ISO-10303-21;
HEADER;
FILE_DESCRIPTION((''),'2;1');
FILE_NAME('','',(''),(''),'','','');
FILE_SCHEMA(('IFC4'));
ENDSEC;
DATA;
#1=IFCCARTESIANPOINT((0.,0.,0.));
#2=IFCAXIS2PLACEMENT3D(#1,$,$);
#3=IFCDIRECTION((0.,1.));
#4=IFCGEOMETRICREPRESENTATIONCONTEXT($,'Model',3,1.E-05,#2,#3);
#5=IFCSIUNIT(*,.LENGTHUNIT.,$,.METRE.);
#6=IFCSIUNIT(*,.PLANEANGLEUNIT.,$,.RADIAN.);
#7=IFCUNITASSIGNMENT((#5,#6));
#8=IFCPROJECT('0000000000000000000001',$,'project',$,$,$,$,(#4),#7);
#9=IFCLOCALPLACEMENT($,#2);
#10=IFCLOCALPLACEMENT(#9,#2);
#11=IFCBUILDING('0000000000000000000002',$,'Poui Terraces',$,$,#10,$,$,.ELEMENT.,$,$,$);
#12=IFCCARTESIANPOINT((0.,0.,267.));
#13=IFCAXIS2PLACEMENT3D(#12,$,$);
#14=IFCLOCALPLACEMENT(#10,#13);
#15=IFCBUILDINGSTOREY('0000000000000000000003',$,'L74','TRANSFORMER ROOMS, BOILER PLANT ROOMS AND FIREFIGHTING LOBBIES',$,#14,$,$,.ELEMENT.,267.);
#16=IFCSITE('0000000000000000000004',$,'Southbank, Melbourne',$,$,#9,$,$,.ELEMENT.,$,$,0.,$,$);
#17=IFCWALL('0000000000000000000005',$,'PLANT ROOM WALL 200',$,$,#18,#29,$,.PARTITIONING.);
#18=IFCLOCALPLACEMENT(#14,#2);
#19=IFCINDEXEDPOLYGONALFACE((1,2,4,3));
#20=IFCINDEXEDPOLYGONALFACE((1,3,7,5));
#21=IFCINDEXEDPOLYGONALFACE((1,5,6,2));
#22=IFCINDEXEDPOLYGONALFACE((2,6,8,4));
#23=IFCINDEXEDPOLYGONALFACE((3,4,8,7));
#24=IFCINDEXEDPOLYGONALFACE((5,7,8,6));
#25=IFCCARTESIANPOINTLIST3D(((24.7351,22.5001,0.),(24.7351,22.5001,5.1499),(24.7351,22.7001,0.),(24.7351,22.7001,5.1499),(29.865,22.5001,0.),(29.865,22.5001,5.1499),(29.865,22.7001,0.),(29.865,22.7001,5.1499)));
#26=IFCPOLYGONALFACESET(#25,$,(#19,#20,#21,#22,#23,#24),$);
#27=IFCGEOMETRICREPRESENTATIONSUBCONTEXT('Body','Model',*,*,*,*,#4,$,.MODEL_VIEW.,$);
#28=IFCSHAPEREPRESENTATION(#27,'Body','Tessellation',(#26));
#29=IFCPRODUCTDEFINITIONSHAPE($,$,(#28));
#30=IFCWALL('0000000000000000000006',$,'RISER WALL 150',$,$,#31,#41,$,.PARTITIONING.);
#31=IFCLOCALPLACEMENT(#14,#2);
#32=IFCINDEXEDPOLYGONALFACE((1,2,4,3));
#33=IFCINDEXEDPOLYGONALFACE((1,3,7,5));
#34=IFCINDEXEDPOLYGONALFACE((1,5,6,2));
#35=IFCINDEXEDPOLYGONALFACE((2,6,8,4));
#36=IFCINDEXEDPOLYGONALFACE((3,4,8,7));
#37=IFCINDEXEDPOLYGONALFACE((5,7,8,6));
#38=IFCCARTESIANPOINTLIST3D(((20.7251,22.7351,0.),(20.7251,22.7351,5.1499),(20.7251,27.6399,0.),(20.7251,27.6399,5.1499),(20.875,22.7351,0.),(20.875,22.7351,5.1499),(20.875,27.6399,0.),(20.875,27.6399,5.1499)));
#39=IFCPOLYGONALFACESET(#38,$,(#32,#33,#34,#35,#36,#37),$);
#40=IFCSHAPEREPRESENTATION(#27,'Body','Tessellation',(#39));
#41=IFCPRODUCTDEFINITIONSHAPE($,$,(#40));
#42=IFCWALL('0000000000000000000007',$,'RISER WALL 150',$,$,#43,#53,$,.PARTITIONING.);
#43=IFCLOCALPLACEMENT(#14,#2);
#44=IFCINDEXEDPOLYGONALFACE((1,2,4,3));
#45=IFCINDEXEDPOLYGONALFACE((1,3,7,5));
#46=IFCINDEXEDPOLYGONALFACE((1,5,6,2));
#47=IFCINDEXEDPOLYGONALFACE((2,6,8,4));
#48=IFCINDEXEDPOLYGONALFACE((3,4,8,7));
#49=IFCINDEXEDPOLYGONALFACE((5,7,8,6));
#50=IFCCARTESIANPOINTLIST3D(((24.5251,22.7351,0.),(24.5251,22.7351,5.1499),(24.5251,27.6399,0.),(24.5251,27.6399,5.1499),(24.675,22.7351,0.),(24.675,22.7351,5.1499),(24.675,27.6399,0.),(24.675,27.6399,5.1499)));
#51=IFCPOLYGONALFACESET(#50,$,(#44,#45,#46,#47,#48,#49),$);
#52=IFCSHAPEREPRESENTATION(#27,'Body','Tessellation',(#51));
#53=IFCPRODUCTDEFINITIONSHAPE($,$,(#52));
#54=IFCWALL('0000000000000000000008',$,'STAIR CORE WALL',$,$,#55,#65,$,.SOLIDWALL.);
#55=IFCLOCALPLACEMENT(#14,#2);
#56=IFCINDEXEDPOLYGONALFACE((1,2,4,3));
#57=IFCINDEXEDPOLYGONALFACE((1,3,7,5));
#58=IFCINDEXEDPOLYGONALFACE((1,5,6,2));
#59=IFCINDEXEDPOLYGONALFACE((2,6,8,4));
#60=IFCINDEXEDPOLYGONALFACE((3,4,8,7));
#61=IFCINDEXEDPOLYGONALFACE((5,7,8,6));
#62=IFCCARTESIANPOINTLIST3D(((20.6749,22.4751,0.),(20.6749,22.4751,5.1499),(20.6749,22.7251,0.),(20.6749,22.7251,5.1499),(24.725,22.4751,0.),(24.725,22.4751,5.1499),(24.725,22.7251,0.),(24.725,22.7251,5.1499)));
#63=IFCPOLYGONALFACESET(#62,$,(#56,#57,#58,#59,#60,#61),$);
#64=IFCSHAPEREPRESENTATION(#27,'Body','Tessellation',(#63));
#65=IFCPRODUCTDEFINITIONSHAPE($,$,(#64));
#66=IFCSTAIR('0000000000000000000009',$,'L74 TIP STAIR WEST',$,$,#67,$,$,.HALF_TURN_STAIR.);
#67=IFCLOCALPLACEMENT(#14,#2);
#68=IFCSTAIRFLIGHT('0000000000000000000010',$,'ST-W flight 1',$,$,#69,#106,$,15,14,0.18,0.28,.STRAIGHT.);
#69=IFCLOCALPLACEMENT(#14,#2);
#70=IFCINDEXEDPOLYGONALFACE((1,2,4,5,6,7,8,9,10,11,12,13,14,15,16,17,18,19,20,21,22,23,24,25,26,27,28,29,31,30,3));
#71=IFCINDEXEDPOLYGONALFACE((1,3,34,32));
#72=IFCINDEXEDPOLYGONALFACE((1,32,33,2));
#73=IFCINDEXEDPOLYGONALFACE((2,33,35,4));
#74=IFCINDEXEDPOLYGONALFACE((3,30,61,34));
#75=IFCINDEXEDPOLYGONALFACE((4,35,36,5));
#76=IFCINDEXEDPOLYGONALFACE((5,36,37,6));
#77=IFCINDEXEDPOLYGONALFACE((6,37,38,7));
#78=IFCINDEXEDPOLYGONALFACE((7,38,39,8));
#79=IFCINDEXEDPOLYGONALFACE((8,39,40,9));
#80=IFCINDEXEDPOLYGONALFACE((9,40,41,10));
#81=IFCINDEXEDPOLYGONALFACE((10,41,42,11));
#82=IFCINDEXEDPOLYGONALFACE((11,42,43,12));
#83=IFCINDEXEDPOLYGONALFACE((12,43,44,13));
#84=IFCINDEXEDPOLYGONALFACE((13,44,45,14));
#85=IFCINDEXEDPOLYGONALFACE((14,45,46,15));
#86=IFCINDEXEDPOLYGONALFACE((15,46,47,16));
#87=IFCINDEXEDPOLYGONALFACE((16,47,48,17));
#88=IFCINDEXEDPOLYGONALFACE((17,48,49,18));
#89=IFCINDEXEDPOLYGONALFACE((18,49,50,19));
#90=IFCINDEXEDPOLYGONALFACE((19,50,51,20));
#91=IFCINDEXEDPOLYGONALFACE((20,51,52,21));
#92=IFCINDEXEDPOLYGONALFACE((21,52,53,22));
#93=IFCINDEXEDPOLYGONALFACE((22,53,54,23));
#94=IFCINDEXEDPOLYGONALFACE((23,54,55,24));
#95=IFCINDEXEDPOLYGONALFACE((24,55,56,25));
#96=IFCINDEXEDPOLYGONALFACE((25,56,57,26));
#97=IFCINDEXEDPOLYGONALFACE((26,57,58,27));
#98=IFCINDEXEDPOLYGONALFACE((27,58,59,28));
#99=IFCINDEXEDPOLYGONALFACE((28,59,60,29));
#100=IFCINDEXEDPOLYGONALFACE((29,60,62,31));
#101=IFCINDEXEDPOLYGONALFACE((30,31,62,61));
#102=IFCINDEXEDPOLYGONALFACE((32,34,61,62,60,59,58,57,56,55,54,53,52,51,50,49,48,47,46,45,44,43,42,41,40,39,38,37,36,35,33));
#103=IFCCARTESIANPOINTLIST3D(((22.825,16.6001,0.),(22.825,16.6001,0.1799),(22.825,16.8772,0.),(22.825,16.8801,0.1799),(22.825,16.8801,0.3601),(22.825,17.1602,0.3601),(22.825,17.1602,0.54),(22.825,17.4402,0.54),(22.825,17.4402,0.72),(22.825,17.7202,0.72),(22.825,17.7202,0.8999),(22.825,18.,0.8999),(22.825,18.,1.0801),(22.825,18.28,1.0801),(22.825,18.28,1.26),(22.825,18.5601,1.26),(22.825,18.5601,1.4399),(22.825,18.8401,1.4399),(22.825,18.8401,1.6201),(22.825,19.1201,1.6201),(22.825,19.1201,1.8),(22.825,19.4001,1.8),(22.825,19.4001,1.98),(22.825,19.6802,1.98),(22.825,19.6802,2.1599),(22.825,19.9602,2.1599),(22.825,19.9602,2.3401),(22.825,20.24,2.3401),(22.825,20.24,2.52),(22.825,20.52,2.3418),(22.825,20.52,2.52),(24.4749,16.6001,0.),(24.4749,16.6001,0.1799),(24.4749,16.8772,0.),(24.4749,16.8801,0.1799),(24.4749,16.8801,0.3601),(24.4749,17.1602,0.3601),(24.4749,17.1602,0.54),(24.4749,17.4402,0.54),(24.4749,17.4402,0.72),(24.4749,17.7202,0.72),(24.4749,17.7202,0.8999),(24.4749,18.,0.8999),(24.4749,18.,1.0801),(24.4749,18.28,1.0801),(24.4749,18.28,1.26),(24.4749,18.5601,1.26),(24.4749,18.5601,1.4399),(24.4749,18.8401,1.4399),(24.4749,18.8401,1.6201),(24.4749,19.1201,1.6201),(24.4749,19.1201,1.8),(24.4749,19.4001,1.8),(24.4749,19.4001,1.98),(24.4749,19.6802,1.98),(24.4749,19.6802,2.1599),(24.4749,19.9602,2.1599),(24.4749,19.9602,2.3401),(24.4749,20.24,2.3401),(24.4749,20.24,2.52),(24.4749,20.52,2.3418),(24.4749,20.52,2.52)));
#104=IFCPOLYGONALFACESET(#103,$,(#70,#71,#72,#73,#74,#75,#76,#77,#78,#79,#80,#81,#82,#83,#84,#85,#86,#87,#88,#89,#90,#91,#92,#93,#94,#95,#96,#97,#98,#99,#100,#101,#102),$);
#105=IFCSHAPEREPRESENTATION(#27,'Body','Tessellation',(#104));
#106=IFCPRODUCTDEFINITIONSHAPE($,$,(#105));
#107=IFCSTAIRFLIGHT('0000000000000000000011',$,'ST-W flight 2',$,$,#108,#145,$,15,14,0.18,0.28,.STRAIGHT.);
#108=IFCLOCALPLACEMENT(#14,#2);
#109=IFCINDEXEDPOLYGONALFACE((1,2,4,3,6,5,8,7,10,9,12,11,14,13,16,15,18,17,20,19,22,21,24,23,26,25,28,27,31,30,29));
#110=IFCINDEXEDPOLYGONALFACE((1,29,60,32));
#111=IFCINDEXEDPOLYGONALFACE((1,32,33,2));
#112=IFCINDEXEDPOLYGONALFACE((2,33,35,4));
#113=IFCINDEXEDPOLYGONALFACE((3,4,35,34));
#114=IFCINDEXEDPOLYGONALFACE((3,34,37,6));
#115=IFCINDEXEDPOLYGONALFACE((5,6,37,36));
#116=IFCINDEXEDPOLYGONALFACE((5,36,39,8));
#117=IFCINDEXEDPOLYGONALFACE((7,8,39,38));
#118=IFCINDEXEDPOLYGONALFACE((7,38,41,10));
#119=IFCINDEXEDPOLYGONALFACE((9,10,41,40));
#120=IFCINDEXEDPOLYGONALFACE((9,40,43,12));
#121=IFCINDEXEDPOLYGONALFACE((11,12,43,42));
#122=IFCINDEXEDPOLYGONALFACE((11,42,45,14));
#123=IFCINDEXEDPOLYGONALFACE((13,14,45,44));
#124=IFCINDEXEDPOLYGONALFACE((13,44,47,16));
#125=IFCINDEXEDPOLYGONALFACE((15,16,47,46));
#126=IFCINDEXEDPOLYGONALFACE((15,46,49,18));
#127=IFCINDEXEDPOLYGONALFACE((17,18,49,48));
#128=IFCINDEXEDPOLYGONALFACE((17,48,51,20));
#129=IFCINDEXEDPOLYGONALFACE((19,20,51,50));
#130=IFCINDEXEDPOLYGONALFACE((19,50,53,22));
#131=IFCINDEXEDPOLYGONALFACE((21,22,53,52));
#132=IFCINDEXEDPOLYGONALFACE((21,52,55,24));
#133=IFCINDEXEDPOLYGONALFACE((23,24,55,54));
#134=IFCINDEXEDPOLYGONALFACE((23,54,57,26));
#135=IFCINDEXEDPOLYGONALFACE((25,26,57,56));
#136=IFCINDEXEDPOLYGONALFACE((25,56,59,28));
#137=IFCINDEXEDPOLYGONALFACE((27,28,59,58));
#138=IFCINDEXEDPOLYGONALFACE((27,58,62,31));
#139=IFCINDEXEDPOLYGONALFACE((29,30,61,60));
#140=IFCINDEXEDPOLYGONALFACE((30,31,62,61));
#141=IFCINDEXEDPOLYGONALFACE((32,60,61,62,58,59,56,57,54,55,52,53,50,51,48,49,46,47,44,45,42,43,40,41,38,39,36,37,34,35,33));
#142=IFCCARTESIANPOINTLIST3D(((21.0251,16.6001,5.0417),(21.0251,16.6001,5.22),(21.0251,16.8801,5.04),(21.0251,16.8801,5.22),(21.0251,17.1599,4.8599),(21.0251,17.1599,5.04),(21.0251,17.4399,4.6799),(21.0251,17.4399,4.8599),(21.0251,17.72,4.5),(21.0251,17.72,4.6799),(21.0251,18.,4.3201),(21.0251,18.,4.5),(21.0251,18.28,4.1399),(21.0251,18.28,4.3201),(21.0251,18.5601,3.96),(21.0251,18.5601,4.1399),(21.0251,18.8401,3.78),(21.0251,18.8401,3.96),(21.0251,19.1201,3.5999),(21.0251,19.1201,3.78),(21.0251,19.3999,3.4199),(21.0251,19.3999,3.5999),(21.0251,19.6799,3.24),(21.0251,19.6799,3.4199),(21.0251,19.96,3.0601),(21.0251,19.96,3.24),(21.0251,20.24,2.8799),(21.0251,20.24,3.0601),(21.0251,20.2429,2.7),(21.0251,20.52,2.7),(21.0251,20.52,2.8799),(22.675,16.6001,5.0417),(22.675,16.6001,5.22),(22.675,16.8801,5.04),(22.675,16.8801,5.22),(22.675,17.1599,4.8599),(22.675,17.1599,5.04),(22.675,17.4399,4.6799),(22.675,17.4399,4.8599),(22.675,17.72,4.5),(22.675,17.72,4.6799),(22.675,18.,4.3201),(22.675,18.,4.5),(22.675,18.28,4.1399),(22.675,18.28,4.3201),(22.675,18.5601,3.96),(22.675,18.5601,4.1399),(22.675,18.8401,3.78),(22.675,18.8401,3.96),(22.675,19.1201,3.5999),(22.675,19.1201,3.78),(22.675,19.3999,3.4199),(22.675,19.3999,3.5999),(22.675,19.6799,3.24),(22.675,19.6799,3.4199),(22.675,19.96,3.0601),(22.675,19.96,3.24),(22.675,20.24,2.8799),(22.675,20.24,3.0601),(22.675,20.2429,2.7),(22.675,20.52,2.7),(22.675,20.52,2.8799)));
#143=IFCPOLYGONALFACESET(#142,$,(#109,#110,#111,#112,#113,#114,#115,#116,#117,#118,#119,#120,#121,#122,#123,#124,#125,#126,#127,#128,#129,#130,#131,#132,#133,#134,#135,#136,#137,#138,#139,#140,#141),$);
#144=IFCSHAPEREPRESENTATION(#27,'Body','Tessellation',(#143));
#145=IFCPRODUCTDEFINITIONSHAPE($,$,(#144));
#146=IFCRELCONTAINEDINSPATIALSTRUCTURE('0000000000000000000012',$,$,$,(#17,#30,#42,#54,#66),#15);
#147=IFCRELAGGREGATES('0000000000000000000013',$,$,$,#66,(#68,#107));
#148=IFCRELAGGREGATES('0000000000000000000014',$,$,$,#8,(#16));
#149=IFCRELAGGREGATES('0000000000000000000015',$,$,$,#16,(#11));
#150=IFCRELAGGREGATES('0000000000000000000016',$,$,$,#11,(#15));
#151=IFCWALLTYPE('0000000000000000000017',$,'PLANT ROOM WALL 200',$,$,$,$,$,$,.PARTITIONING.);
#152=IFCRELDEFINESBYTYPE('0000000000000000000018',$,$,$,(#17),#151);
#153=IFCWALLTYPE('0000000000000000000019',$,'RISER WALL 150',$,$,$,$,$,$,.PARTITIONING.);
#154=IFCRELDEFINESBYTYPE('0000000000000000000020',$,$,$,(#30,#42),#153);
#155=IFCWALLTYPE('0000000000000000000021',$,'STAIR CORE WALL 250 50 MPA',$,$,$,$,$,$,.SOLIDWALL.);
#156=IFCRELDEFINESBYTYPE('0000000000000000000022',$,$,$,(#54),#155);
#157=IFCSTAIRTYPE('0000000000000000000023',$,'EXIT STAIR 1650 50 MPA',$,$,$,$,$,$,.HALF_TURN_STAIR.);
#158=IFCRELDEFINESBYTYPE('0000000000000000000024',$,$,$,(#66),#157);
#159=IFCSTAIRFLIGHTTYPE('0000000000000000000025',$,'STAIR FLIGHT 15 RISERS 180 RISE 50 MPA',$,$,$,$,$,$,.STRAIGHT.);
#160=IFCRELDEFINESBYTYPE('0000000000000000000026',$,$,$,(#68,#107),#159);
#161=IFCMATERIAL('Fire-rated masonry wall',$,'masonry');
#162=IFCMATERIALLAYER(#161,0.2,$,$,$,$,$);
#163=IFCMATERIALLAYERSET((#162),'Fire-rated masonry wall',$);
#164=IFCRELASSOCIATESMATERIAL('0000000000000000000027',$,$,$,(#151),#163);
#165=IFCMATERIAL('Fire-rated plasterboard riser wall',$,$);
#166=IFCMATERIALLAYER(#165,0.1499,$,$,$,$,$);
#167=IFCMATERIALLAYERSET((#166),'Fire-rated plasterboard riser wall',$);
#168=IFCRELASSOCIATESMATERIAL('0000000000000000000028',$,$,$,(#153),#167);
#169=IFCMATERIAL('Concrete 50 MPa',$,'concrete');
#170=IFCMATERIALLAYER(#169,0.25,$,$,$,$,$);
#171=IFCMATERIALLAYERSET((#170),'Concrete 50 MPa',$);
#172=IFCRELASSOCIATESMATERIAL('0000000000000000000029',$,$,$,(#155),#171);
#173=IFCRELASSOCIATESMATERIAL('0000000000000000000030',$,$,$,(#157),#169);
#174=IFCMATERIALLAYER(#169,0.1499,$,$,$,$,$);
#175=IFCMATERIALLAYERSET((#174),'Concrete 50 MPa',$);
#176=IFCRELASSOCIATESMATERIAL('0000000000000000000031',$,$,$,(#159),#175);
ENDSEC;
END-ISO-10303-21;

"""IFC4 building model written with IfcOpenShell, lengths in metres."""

from ifc_helpers import new_model, si_unit, direction, frame, frame_2d, origin, place, context, subcontext, project, spatial, polyline, rectangle, outline, extrude, material, layer, layer_set, type_object, element, aggregate, save


model = new_model("IFC4")

# Units and contexts
model_context = context("Model", 3, precision=1e-05, world=origin(), true_north=direction((0.0, 1.0)))
body_context = subcontext(model_context, "Body", "Model", "MODEL_VIEW")
ifc_project = project(units=[si_unit("LENGTHUNIT", "METRE"), si_unit("PLANEANGLEUNIT", "RADIAN")], contexts=[model_context])

# Site, building, storey
site_placement = place(None, origin())
site = spatial("IfcSite", under=ifc_project, at=site_placement, Name="Southbank, Melbourne", CompositionType="ELEMENT", RefElevation=0.0)
building_placement = place(site_placement, origin())
building = spatial("IfcBuilding", under=site, at=building_placement, Name="Poui Terraces", CompositionType="ELEMENT")
storey_placement = place(building_placement, frame((0.0, 0.0, 267.0)))
storey = spatial("IfcBuildingStorey", under=building, at=storey_placement, Name="L74", Description="TRANSFORMER ROOMS, BOILER PLANT ROOMS AND FIREFIGHTING LOBBIES", CompositionType="ELEMENT", Elevation=267.0)

# Walls
ifc_material_1 = material(Name="Fire-rated masonry wall", Category="masonry")
ifc_layer_1 = layer(ifc_material_1, 0.2)
ifc_layer_set_1 = layer_set([ifc_layer_1], Name="Fire-rated masonry wall")
wall_type_1 = type_object("IfcWallType", Name="PLANT ROOM WALL 200", PredefinedType="PARTITIONING", material=ifc_layer_set_1)
wall_1_placement = place(storey_placement, frame((24.7351, 22.6001, 0.0), z_axis=(0.0, 0.0, 1.0), x_axis=(1.0, 0.0, 0.0)))
element("IfcWall", 1, at=wall_1_placement, inside=storey, type_object=wall_type_1, Name="PLANT ROOM WALL 200", PredefinedType="PARTITIONING", context=body_context, shape_type="SweptSolid", body=[
    extrude(rectangle(XDim=5.1299, YDim=0.2, at=frame_2d((2.5649, 0.0))), origin(), (0.0, 0.0, 1.0), 5.1499),
])
ifc_material_2 = material(Name="Fire-rated plasterboard riser wall")
ifc_layer_2 = layer(ifc_material_2, 0.1499)
ifc_layer_set_2 = layer_set([ifc_layer_2], Name="Fire-rated plasterboard riser wall")
wall_type_2 = type_object("IfcWallType", Name="RISER WALL 150", PredefinedType="PARTITIONING", material=ifc_layer_set_2)
for number, where, z_axis, x_axis, name in (
    (2, (20.8, 22.7351, 0.0), (0.0, 0.0, 1.0), (0.0, 1.0, 0.0), "RISER WALL 150"),
    (3, (24.6001, 22.7351, 0.0), (0.0, 0.0, 1.0), (0.0, 1.0, 0.0), "RISER WALL 150"),
):
    element("IfcWall", number, at=place(storey_placement, frame(where, z_axis=z_axis, x_axis=x_axis)), inside=storey, type_object=wall_type_2, Name=name, PredefinedType="PARTITIONING", context=body_context, shape_type="SweptSolid", body=[
        extrude(rectangle(XDim=4.9048, YDim=0.1499, at=frame_2d((2.4524, 0.0))), origin(), (0.0, 0.0, 1.0), 5.1499),
    ])
ifc_material_3 = material(Name="Concrete 50 MPa", Category="concrete")
ifc_layer_3 = layer(ifc_material_3, 0.25)
ifc_layer_set_3 = layer_set([ifc_layer_3], Name="Concrete 50 MPa")
wall_type_3 = type_object("IfcWallType", Name="STAIR CORE WALL 250 50 MPA", PredefinedType="SOLIDWALL", material=ifc_layer_set_3)
wall_2_placement = place(storey_placement, frame((20.675, 22.6001, 0.0), z_axis=(0.0, 0.0, 1.0), x_axis=(1.0, 0.0, 0.0)))
element("IfcWall", 4, at=wall_2_placement, inside=storey, type_object=wall_type_3, Name="STAIR CORE WALL", PredefinedType="SOLIDWALL", context=body_context, shape_type="SweptSolid", body=[
    extrude(rectangle(XDim=4.05, YDim=0.25, at=frame_2d((2.0249, 0.0))), origin(), (0.0, 0.0, 1.0), 5.1499),
])

# Stair, stair flights
stair_type = type_object("IfcStairType", Name="EXIT STAIR 1650 50 MPA", PredefinedType="HALF_TURN_STAIR", material=ifc_material_3)
stair_placement = place(storey_placement, origin())
stair = element("IfcStair", 5, at=stair_placement, inside=storey, type_object=stair_type, Name="L74 TIP STAIR WEST", PredefinedType="HALF_TURN_STAIR")
ifc_layer_4 = layer(ifc_material_3, 0.1499)
ifc_layer_set_4 = layer_set([ifc_layer_4], Name="Concrete 50 MPa")
stair_flight_type = type_object("IfcStairFlightType", Name="STAIR FLIGHT 15 RISERS 180 RISE 50 MPA", PredefinedType="STRAIGHT", material=ifc_layer_set_4)
stair_flight_1_placement = place(storey_placement, frame((23.6499, 16.6001, 0.0), z_axis=(0.0, 0.0, 1.0), x_axis=(0.0, 1.0, 0.0)))
stair_flight_1 = element("IfcStairFlight", 6, at=stair_flight_1_placement, type_object=stair_flight_type, Name="ST-W flight 1", NumberOfRisers=15, NumberOfTreads=14, PredefinedType="STRAIGHT", RiserHeight=0.18, TreadLength=0.28, context=body_context, shape_type="SweptSolid", body=[
    extrude(outline(polyline([(0.0, 0.0), (0.0, 0.1799), (0.28, 0.1799), (0.28, 0.3601), (0.5601, 0.3601), (0.5601, 0.54), (0.8401, 0.54), (0.8401, 0.72), (1.1201, 0.72), (1.1201, 0.8999), (1.3999, 0.8999), (1.3999, 1.0801), (1.6799, 1.0801), (1.6799, 1.26), (1.96, 1.26), (1.96, 1.4399), (2.24, 1.4399), (2.24, 1.6201), (2.52, 1.6201), (2.52, 1.8), (2.8, 1.8), (2.8, 1.98), (3.0801, 1.98), (3.0801, 2.1599), (3.3601, 2.1599), (3.3601, 2.3401), (3.6399, 2.3401), (3.6399, 2.52), (3.9199, 2.52), (3.9199, 2.7), (3.9199, 2.3418), (0.2771, 0.0), (0.0, 0.0)])), frame((0.0, 0.825, 0.0), z_axis=(0.0, -1.0, 0.0), x_axis=(1.0, 0.0, 0.0)), (0.0, 0.0, 1.0), 1.6499),
])
stair_flight_2_placement = place(storey_placement, frame((21.8501, 20.52, 2.7), z_axis=(0.0, 0.0, 1.0), x_axis=(0.0, -1.0, 0.0)))
stair_flight_2 = element("IfcStairFlight", 7, at=stair_flight_2_placement, type_object=stair_flight_type, Name="ST-W flight 2", NumberOfRisers=15, NumberOfTreads=14, PredefinedType="STRAIGHT", RiserHeight=0.18, TreadLength=0.28, context=body_context, shape_type="SweptSolid", body=[
    extrude(outline(polyline([(0.0, 0.0), (0.0, 0.1799), (0.28, 0.1799), (0.28, 0.3601), (0.5601, 0.3601), (0.5601, 0.54), (0.8401, 0.54), (0.8401, 0.72), (1.1201, 0.72), (1.1201, 0.8999), (1.3999, 0.8999), (1.3999, 1.0801), (1.6799, 1.0801), (1.6799, 1.26), (1.96, 1.26), (1.96, 1.4399), (2.24, 1.4399), (2.24, 1.6201), (2.52, 1.6201), (2.52, 1.8), (2.8, 1.8), (2.8, 1.98), (3.0801, 1.98), (3.0801, 2.1599), (3.3601, 2.1599), (3.3601, 2.3401), (3.6399, 2.3401), (3.6399, 2.52), (3.9199, 2.52), (3.9199, 2.7), (3.9199, 2.3418), (0.2771, 0.0), (0.0, 0.0)])), frame((0.0, 0.825, 0.0), z_axis=(0.0, -1.0, 0.0), x_axis=(1.0, 0.0, 0.0)), (0.0, 0.0, 1.0), 1.6499),
])
aggregate(stair, [stair_flight_1, stair_flight_2])

save(model, "model.ifc")
